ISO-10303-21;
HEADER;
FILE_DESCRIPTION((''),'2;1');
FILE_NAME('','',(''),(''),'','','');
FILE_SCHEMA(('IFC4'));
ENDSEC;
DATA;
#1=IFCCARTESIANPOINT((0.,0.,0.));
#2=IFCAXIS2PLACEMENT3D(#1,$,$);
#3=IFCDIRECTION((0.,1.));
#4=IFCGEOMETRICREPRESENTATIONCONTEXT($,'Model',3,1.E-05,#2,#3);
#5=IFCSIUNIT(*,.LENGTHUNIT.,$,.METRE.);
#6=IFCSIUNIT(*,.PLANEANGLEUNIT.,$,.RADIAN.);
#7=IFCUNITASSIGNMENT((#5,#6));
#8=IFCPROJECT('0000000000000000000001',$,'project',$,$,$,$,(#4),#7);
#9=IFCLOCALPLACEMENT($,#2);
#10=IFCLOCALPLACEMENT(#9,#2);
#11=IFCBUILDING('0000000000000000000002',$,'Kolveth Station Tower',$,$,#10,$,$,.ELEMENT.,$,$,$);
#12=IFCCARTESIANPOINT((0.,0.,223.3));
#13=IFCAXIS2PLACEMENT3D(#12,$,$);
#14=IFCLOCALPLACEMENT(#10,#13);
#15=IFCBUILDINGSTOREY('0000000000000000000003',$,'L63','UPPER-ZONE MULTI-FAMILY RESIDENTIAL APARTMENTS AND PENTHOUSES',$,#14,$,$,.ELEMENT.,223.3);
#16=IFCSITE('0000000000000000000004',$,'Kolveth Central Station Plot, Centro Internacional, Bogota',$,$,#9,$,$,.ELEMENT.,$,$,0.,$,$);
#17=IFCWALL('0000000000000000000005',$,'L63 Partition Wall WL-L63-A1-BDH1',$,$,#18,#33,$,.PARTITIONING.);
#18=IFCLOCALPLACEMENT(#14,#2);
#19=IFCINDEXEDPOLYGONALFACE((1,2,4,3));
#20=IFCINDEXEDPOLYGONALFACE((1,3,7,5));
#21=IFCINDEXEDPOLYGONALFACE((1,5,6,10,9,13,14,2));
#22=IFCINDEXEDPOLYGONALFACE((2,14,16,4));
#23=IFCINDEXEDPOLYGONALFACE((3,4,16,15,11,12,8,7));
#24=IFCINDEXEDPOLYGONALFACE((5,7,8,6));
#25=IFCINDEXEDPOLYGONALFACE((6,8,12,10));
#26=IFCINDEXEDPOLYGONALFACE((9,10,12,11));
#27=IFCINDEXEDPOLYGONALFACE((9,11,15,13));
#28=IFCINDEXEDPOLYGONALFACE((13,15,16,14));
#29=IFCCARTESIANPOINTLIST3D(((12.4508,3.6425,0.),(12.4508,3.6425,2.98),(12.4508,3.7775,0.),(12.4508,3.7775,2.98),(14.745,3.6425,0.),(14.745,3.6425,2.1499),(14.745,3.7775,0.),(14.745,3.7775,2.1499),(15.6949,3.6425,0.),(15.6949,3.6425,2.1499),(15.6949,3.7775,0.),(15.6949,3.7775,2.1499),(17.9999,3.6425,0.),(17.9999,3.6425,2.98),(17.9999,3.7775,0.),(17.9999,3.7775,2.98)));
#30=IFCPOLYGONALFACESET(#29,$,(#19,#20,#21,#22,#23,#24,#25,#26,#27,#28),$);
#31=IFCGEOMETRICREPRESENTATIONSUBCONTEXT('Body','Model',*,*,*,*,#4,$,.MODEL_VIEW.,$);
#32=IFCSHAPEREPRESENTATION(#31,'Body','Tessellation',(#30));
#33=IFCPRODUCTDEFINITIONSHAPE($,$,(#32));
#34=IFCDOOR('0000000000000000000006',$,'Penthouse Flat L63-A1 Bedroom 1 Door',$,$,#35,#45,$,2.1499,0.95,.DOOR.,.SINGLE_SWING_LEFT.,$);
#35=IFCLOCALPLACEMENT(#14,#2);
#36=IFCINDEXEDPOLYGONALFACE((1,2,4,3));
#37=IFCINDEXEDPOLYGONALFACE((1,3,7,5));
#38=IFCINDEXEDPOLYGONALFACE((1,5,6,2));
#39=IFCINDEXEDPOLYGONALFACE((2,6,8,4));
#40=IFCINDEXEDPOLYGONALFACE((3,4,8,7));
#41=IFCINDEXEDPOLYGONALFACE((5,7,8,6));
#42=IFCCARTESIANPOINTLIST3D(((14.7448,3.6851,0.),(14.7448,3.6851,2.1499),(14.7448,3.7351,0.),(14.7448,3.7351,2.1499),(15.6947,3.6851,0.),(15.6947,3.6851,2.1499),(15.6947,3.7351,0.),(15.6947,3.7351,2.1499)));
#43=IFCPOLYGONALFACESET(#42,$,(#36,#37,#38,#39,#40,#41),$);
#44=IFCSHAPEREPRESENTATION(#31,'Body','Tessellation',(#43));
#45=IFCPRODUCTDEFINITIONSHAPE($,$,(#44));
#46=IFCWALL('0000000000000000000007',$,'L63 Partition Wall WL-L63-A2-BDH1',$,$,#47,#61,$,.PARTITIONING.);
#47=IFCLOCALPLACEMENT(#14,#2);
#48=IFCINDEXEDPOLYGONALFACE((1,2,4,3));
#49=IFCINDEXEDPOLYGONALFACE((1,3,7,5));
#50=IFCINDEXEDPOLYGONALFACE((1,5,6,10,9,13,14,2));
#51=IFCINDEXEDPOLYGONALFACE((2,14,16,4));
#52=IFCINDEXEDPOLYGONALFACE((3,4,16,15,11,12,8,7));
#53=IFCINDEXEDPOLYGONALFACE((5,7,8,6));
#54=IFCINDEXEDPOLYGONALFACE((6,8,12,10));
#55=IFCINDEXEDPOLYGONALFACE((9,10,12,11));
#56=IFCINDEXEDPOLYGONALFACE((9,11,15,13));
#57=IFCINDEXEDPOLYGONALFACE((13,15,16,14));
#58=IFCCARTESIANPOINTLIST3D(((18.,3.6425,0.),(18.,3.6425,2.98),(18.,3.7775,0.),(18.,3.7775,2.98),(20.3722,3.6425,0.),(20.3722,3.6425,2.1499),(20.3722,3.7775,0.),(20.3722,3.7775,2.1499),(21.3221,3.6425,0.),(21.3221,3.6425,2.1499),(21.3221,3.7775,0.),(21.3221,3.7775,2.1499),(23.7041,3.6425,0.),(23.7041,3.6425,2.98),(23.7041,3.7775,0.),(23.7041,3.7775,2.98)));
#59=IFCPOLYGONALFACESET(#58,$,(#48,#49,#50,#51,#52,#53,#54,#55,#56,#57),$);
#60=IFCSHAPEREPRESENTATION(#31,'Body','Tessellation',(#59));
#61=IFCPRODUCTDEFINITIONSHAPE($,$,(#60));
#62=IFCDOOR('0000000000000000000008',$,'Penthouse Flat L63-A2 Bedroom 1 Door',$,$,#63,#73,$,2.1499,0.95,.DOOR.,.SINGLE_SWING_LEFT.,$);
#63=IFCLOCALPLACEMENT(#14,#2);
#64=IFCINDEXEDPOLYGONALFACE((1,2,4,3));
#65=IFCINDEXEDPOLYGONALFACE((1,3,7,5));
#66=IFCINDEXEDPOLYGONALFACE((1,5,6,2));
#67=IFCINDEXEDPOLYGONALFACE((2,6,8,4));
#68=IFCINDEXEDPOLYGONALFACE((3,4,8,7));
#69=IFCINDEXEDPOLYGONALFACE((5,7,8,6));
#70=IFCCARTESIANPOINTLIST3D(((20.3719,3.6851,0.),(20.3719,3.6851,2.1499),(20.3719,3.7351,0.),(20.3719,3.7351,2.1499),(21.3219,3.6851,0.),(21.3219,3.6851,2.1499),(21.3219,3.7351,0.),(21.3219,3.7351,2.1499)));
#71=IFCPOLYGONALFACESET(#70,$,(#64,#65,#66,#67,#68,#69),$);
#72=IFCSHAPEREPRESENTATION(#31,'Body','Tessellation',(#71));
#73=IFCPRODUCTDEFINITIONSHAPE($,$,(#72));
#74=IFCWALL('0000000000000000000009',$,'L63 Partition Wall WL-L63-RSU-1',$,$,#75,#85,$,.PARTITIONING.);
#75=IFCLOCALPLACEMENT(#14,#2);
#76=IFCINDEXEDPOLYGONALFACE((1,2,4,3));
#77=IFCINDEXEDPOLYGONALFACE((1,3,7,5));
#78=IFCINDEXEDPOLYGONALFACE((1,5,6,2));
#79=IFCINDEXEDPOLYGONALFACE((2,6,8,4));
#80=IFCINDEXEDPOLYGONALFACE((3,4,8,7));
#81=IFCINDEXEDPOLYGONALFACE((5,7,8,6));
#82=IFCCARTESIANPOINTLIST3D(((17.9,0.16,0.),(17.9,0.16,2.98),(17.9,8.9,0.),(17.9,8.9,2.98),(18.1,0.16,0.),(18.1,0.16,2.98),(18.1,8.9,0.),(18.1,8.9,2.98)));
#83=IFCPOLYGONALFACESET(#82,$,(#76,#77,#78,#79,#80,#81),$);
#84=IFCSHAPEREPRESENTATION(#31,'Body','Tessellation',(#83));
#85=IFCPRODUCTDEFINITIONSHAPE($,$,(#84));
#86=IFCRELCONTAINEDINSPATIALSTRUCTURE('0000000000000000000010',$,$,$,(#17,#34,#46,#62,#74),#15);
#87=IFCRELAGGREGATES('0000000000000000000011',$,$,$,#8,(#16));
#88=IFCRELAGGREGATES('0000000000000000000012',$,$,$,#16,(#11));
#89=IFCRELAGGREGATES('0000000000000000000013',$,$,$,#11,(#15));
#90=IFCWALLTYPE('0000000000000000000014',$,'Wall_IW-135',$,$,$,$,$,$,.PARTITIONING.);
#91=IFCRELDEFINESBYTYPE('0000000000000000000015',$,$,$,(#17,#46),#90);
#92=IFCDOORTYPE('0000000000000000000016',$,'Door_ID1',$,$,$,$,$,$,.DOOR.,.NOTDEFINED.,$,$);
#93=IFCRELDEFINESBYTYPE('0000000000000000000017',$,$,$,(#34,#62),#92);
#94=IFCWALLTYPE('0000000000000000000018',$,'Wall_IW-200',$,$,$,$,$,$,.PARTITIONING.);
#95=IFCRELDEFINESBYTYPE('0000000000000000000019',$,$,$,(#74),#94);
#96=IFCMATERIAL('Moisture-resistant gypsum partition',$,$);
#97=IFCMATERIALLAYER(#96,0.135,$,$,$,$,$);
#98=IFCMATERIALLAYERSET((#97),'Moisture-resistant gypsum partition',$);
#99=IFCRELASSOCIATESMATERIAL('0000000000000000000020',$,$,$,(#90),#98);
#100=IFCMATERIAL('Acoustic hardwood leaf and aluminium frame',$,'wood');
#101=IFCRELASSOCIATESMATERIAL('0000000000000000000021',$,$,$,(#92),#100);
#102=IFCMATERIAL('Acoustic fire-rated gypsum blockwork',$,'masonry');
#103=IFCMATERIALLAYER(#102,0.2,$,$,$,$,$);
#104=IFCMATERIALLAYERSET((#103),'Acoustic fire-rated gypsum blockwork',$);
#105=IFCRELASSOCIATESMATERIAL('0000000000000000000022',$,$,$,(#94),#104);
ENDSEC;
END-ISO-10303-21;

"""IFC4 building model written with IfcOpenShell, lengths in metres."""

from ifc_helpers import new_model, si_unit, direction, frame, frame_2d, origin, place, context, subcontext, project, spatial, rectangle, extrude, material, layer, layer_set, type_object, element, fill, save


model = new_model("IFC4")

# Units and contexts
model_context = context("Model", 3, precision=1e-05, world=origin(), true_north=direction((0.0, 1.0)))
body_context = subcontext(model_context, "Body", "Model", "MODEL_VIEW")
ifc_project = project(units=[si_unit("LENGTHUNIT", "METRE"), si_unit("PLANEANGLEUNIT", "RADIAN")], contexts=[model_context])

# Site, building, storey
site_placement = place(None, origin())
site = spatial("IfcSite", under=ifc_project, at=site_placement, Name="Kolveth Central Station Plot, Centro Internacional, Bogota", CompositionType="ELEMENT", RefElevation=0.0)
building_placement = place(site_placement, origin())
building = spatial("IfcBuilding", under=site, at=building_placement, Name="Kolveth Station Tower", CompositionType="ELEMENT")
storey_placement = place(building_placement, frame((0.0, 0.0, 223.3)))
storey = spatial("IfcBuildingStorey", under=building, at=storey_placement, Name="L63", Description="UPPER-ZONE MULTI-FAMILY RESIDENTIAL APARTMENTS AND PENTHOUSES", CompositionType="ELEMENT", Elevation=223.3)

# Shared definitions
ifc_material_1 = material(Name="Moisture-resistant gypsum partition")
ifc_layer_1 = layer(ifc_material_1, 0.135)
ifc_layer_set_1 = layer_set([ifc_layer_1], Name="Moisture-resistant gypsum partition")
wall_type_1 = type_object("IfcWallType", Name="Wall_IW-135", PredefinedType="PARTITIONING", material=ifc_layer_set_1)

# Walls, openings, doors
wall_1_placement = place(storey_placement, frame((12.4509, 3.71, 0.0), z_axis=(0.0, 0.0, 1.0), x_axis=(1.0, 0.0, 0.0)))
wall_1 = element("IfcWall", 1, at=wall_1_placement, inside=storey, type_object=wall_type_1, Name="L63 Partition Wall WL-L63-A1-BDH1", PredefinedType="PARTITIONING", context=body_context, shape_type="SweptSolid", body=[
    extrude(rectangle(XDim=5.5491, YDim=0.135, at=frame_2d((2.7744, 0.0))), origin(), (0.0, 0.0, 1.0), 2.98),
])
opening_1_placement = place(wall_1_placement, frame((2.2939, 0.0, 0.0)))
opening_1 = element("IfcOpeningElement", 2, at=opening_1_placement, cuts=wall_1, PredefinedType="OPENING", context=body_context, shape_type="SweptSolid", body=[
    extrude(rectangle(XDim=0.95, YDim=2.1499, at=frame_2d((0.4751, 1.075))), frame((0.0, 0.0774, 0.0), z_axis=(0.0, -1.0, 0.0), x_axis=(1.0, 0.0, 0.0)), (0.0, 0.0, 1.0), 0.155),
])
ifc_material_2 = material(Name="Acoustic hardwood leaf and aluminium frame", Category="wood")
door_type = type_object("IfcDoorType", Name="Door_ID1", OperationType="NOTDEFINED", PredefinedType="DOOR", material=ifc_material_2)
door_1_placement = place(opening_1_placement, frame((0.95, 0.0, 0.0), z_axis=(0.0, 0.0, 1.0), x_axis=(-1.0, 0.0, 0.0)))
door_1 = element("IfcDoor", 3, at=door_1_placement, inside=storey, type_object=door_type, Name="Penthouse Flat L63-A1 Bedroom 1 Door", OperationType="SINGLE_SWING_LEFT", OverallHeight=2.1499, OverallWidth=0.95, PredefinedType="DOOR", context=body_context, shape_type="SweptSolid", body=[
    extrude(rectangle(XDim=0.95, YDim=2.1499, at=frame_2d((0.4751, 1.075))), frame((0.0, 0.0249, 0.0), z_axis=(0.0, -1.0, 0.0), x_axis=(1.0, 0.0, 0.0)), (0.0, 0.0, 1.0), 0.05),
])
fill(opening_1, door_1)
wall_2_placement = place(storey_placement, frame((18.0, 3.71, 0.0), z_axis=(0.0, 0.0, 1.0), x_axis=(1.0, 0.0, 0.0)))
wall_2 = element("IfcWall", 4, at=wall_2_placement, inside=storey, type_object=wall_type_1, Name="L63 Partition Wall WL-L63-A2-BDH1", PredefinedType="PARTITIONING", context=body_context, shape_type="SweptSolid", body=[
    extrude(rectangle(XDim=5.7041, YDim=0.135, at=frame_2d((2.8521, 0.0))), origin(), (0.0, 0.0, 1.0), 2.98),
])
opening_2_placement = place(wall_2_placement, frame((2.3721, 0.0, 0.0)))
opening_2 = element("IfcOpeningElement", 5, at=opening_2_placement, cuts=wall_2, PredefinedType="OPENING", context=body_context, shape_type="SweptSolid", body=[
    extrude(rectangle(XDim=0.95, YDim=2.1499, at=frame_2d((0.4751, 1.075))), frame((0.0, 0.0774, 0.0), z_axis=(0.0, -1.0, 0.0), x_axis=(1.0, 0.0, 0.0)), (0.0, 0.0, 1.0), 0.155),
])
door_2_placement = place(opening_2_placement, frame((0.95, 0.0, 0.0), z_axis=(0.0, 0.0, 1.0), x_axis=(-1.0, 0.0, 0.0)))
door_2 = element("IfcDoor", 6, at=door_2_placement, inside=storey, type_object=door_type, Name="Penthouse Flat L63-A2 Bedroom 1 Door", OperationType="SINGLE_SWING_LEFT", OverallHeight=2.1499, OverallWidth=0.95, PredefinedType="DOOR", context=body_context, shape_type="SweptSolid", body=[
    extrude(rectangle(XDim=0.95, YDim=2.1499, at=frame_2d((0.4751, 1.075))), frame((0.0, 0.0249, 0.0), z_axis=(0.0, -1.0, 0.0), x_axis=(1.0, 0.0, 0.0)), (0.0, 0.0, 1.0), 0.05),
])
fill(opening_2, door_2)

# Wall
ifc_material_3 = material(Name="Acoustic fire-rated gypsum blockwork", Category="masonry")
ifc_layer_2 = layer(ifc_material_3, 0.2)
ifc_layer_set_2 = layer_set([ifc_layer_2], Name="Acoustic fire-rated gypsum blockwork")
wall_type_2 = type_object("IfcWallType", Name="Wall_IW-200", PredefinedType="PARTITIONING", material=ifc_layer_set_2)
wall_3_placement = place(storey_placement, frame((18.0, 0.1599, 0.0), z_axis=(0.0, 0.0, 1.0), x_axis=(0.0, 1.0, 0.0)))
element("IfcWall", 7, at=wall_3_placement, inside=storey, type_object=wall_type_2, Name="L63 Partition Wall WL-L63-RSU-1", PredefinedType="PARTITIONING", context=body_context, shape_type="SweptSolid", body=[
    extrude(rectangle(XDim=8.74, YDim=0.2, at=frame_2d((4.3701, 0.0))), origin(), (0.0, 0.0, 1.0), 2.98),
])

save(model, "model.ifc")
